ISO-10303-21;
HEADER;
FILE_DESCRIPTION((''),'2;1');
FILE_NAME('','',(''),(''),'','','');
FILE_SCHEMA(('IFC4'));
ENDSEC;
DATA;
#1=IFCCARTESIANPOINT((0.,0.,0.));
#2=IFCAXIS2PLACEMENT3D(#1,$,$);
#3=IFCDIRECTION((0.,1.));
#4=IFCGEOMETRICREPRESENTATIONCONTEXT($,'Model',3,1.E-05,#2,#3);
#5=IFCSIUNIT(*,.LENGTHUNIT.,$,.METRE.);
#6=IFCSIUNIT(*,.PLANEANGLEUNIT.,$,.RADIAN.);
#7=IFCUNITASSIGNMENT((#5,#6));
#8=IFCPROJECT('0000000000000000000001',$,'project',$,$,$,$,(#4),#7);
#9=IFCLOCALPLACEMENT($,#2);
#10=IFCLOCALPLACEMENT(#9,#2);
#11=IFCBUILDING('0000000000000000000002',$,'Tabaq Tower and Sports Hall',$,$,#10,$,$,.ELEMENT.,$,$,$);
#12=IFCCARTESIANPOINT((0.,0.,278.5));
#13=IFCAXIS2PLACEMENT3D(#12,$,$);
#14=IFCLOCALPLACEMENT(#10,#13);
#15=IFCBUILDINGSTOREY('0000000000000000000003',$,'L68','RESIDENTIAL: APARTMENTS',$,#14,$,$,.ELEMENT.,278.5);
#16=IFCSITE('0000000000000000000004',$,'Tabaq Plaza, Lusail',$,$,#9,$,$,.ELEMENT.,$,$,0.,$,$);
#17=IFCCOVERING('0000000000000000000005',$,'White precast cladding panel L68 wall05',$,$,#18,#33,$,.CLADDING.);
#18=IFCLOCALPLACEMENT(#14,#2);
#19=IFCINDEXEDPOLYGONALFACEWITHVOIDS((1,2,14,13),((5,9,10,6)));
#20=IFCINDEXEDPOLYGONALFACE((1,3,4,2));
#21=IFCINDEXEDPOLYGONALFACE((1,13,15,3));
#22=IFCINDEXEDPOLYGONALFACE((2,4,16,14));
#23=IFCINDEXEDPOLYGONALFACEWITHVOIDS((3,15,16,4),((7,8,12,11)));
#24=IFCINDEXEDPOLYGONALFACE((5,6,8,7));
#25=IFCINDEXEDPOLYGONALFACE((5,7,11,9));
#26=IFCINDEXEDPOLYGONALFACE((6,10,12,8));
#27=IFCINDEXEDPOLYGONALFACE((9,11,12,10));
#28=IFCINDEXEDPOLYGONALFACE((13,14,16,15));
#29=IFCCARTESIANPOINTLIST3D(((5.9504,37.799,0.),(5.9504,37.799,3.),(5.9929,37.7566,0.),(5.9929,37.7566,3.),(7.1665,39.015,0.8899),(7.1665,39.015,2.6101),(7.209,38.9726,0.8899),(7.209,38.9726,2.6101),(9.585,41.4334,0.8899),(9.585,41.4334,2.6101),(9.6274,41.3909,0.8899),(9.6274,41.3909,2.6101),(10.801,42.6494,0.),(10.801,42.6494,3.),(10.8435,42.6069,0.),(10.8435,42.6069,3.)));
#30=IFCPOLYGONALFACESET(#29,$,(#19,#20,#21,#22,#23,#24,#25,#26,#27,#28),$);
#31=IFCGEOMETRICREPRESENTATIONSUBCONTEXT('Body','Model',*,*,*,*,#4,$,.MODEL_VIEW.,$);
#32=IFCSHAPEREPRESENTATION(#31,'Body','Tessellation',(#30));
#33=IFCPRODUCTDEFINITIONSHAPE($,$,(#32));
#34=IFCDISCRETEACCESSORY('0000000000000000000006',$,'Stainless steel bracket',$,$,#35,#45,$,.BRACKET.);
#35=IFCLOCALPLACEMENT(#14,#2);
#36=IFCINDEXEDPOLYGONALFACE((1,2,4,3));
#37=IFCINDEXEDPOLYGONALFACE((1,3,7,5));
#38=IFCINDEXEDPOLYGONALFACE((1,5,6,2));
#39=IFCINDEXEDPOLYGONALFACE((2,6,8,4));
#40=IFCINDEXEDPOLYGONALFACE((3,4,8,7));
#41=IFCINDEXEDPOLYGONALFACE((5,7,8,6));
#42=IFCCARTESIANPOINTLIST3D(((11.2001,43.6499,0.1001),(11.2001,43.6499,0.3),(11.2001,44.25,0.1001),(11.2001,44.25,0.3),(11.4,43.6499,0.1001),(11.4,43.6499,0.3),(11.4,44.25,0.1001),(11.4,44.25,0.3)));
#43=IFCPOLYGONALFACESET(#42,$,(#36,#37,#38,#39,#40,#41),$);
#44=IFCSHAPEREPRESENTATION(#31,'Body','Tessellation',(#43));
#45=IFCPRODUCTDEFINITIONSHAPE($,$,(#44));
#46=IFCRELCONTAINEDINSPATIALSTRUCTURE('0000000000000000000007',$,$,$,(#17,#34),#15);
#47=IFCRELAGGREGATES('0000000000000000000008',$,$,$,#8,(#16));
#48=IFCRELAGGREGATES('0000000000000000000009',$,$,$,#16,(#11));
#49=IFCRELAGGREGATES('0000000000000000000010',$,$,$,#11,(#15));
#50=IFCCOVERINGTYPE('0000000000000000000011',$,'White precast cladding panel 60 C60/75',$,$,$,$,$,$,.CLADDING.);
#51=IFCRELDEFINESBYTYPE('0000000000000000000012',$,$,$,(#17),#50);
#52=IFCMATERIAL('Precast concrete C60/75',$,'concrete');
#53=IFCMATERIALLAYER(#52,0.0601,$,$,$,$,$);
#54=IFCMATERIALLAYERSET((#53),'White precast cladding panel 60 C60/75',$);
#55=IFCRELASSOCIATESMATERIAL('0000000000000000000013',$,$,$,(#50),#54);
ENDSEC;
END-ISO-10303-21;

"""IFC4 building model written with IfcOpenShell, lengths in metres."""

from ifc_helpers import new_model, si_unit, direction, frame, origin, origin_2d, place, context, subcontext, project, spatial, polyline, rectangle, outline, extrude, material, layer, layer_set, type_object, element, save


model = new_model("IFC4")

# Units and contexts
model_context = context("Model", 3, precision=1e-05, world=origin(), true_north=direction((0.0, 1.0)))
body_context = subcontext(model_context, "Body", "Model", "MODEL_VIEW")
ifc_project = project(units=[si_unit("LENGTHUNIT", "METRE"), si_unit("PLANEANGLEUNIT", "RADIAN")], contexts=[model_context])

# Site, building, storey
site_placement = place(None, origin())
site = spatial("IfcSite", under=ifc_project, at=site_placement, Name="Tabaq Plaza, Lusail", CompositionType="ELEMENT", RefElevation=0.0)
building_placement = place(site_placement, origin())
building = spatial("IfcBuilding", under=site, at=building_placement, Name="Tabaq Tower and Sports Hall", CompositionType="ELEMENT")
storey_placement = place(building_placement, frame((0.0, 0.0, 278.5)))
storey = spatial("IfcBuildingStorey", under=building, at=storey_placement, Name="L68", Description="RESIDENTIAL: APARTMENTS", CompositionType="ELEMENT", Elevation=278.5)

# Covering
ifc_material_1 = material(Name="Precast concrete C60/75", Category="concrete")
ifc_layer_1 = layer(ifc_material_1, 0.0601)
ifc_layer_set_1 = layer_set([ifc_layer_1], Name="White precast cladding panel 60 C60/75")
covering_type = type_object("IfcCoveringType", Name="White precast cladding panel 60 C60/75", PredefinedType="CLADDING", material=ifc_layer_set_1)
covering_1_placement = place(storey_placement, frame((10.8223, 42.6282, 0.0), z_axis=(0.0, 0.0, 1.0), x_axis=(-0.707125, -0.707089, 0.0)))
element("IfcCovering", 1, at=covering_1_placement, inside=storey, type_object=covering_type, Name="White precast cladding panel L68 wall05", PredefinedType="CLADDING", context=body_context, shape_type="SweptSolid", body=[
    extrude(outline(polyline([(0.0, 0.0), (6.8596, 0.0), (6.8596, 3.0), (0.0, 3.0), (0.0, 0.0)]), holes=[polyline([(1.7197, 0.8899), (1.7197, 2.6101), (5.1399, 2.6101), (5.1399, 0.8899), (1.7197, 0.8899)])]), frame((0.0, 0.03, 0.0), z_axis=(0.0, -1.0, 0.0), x_axis=(1.0, 0.0, 0.0)), (0.0, 0.0, 1.0), 0.0601),
])

# Discrete accessory
discrete_accessory_placement = place(storey_placement, frame((11.3, 43.95, 0.1001), z_axis=(0.0, 0.0, 1.0), x_axis=(0.0, 1.0, 0.0)))
element("IfcDiscreteAccessory", 2, at=discrete_accessory_placement, inside=storey, Name="Stainless steel bracket", PredefinedType="BRACKET", context=body_context, shape_type="SweptSolid", body=[
    extrude(rectangle(XDim=0.6001, YDim=0.2, at=origin_2d()), origin(), (0.0, 0.0, 1.0), 0.2),
])

save(model, "model.ifc")
